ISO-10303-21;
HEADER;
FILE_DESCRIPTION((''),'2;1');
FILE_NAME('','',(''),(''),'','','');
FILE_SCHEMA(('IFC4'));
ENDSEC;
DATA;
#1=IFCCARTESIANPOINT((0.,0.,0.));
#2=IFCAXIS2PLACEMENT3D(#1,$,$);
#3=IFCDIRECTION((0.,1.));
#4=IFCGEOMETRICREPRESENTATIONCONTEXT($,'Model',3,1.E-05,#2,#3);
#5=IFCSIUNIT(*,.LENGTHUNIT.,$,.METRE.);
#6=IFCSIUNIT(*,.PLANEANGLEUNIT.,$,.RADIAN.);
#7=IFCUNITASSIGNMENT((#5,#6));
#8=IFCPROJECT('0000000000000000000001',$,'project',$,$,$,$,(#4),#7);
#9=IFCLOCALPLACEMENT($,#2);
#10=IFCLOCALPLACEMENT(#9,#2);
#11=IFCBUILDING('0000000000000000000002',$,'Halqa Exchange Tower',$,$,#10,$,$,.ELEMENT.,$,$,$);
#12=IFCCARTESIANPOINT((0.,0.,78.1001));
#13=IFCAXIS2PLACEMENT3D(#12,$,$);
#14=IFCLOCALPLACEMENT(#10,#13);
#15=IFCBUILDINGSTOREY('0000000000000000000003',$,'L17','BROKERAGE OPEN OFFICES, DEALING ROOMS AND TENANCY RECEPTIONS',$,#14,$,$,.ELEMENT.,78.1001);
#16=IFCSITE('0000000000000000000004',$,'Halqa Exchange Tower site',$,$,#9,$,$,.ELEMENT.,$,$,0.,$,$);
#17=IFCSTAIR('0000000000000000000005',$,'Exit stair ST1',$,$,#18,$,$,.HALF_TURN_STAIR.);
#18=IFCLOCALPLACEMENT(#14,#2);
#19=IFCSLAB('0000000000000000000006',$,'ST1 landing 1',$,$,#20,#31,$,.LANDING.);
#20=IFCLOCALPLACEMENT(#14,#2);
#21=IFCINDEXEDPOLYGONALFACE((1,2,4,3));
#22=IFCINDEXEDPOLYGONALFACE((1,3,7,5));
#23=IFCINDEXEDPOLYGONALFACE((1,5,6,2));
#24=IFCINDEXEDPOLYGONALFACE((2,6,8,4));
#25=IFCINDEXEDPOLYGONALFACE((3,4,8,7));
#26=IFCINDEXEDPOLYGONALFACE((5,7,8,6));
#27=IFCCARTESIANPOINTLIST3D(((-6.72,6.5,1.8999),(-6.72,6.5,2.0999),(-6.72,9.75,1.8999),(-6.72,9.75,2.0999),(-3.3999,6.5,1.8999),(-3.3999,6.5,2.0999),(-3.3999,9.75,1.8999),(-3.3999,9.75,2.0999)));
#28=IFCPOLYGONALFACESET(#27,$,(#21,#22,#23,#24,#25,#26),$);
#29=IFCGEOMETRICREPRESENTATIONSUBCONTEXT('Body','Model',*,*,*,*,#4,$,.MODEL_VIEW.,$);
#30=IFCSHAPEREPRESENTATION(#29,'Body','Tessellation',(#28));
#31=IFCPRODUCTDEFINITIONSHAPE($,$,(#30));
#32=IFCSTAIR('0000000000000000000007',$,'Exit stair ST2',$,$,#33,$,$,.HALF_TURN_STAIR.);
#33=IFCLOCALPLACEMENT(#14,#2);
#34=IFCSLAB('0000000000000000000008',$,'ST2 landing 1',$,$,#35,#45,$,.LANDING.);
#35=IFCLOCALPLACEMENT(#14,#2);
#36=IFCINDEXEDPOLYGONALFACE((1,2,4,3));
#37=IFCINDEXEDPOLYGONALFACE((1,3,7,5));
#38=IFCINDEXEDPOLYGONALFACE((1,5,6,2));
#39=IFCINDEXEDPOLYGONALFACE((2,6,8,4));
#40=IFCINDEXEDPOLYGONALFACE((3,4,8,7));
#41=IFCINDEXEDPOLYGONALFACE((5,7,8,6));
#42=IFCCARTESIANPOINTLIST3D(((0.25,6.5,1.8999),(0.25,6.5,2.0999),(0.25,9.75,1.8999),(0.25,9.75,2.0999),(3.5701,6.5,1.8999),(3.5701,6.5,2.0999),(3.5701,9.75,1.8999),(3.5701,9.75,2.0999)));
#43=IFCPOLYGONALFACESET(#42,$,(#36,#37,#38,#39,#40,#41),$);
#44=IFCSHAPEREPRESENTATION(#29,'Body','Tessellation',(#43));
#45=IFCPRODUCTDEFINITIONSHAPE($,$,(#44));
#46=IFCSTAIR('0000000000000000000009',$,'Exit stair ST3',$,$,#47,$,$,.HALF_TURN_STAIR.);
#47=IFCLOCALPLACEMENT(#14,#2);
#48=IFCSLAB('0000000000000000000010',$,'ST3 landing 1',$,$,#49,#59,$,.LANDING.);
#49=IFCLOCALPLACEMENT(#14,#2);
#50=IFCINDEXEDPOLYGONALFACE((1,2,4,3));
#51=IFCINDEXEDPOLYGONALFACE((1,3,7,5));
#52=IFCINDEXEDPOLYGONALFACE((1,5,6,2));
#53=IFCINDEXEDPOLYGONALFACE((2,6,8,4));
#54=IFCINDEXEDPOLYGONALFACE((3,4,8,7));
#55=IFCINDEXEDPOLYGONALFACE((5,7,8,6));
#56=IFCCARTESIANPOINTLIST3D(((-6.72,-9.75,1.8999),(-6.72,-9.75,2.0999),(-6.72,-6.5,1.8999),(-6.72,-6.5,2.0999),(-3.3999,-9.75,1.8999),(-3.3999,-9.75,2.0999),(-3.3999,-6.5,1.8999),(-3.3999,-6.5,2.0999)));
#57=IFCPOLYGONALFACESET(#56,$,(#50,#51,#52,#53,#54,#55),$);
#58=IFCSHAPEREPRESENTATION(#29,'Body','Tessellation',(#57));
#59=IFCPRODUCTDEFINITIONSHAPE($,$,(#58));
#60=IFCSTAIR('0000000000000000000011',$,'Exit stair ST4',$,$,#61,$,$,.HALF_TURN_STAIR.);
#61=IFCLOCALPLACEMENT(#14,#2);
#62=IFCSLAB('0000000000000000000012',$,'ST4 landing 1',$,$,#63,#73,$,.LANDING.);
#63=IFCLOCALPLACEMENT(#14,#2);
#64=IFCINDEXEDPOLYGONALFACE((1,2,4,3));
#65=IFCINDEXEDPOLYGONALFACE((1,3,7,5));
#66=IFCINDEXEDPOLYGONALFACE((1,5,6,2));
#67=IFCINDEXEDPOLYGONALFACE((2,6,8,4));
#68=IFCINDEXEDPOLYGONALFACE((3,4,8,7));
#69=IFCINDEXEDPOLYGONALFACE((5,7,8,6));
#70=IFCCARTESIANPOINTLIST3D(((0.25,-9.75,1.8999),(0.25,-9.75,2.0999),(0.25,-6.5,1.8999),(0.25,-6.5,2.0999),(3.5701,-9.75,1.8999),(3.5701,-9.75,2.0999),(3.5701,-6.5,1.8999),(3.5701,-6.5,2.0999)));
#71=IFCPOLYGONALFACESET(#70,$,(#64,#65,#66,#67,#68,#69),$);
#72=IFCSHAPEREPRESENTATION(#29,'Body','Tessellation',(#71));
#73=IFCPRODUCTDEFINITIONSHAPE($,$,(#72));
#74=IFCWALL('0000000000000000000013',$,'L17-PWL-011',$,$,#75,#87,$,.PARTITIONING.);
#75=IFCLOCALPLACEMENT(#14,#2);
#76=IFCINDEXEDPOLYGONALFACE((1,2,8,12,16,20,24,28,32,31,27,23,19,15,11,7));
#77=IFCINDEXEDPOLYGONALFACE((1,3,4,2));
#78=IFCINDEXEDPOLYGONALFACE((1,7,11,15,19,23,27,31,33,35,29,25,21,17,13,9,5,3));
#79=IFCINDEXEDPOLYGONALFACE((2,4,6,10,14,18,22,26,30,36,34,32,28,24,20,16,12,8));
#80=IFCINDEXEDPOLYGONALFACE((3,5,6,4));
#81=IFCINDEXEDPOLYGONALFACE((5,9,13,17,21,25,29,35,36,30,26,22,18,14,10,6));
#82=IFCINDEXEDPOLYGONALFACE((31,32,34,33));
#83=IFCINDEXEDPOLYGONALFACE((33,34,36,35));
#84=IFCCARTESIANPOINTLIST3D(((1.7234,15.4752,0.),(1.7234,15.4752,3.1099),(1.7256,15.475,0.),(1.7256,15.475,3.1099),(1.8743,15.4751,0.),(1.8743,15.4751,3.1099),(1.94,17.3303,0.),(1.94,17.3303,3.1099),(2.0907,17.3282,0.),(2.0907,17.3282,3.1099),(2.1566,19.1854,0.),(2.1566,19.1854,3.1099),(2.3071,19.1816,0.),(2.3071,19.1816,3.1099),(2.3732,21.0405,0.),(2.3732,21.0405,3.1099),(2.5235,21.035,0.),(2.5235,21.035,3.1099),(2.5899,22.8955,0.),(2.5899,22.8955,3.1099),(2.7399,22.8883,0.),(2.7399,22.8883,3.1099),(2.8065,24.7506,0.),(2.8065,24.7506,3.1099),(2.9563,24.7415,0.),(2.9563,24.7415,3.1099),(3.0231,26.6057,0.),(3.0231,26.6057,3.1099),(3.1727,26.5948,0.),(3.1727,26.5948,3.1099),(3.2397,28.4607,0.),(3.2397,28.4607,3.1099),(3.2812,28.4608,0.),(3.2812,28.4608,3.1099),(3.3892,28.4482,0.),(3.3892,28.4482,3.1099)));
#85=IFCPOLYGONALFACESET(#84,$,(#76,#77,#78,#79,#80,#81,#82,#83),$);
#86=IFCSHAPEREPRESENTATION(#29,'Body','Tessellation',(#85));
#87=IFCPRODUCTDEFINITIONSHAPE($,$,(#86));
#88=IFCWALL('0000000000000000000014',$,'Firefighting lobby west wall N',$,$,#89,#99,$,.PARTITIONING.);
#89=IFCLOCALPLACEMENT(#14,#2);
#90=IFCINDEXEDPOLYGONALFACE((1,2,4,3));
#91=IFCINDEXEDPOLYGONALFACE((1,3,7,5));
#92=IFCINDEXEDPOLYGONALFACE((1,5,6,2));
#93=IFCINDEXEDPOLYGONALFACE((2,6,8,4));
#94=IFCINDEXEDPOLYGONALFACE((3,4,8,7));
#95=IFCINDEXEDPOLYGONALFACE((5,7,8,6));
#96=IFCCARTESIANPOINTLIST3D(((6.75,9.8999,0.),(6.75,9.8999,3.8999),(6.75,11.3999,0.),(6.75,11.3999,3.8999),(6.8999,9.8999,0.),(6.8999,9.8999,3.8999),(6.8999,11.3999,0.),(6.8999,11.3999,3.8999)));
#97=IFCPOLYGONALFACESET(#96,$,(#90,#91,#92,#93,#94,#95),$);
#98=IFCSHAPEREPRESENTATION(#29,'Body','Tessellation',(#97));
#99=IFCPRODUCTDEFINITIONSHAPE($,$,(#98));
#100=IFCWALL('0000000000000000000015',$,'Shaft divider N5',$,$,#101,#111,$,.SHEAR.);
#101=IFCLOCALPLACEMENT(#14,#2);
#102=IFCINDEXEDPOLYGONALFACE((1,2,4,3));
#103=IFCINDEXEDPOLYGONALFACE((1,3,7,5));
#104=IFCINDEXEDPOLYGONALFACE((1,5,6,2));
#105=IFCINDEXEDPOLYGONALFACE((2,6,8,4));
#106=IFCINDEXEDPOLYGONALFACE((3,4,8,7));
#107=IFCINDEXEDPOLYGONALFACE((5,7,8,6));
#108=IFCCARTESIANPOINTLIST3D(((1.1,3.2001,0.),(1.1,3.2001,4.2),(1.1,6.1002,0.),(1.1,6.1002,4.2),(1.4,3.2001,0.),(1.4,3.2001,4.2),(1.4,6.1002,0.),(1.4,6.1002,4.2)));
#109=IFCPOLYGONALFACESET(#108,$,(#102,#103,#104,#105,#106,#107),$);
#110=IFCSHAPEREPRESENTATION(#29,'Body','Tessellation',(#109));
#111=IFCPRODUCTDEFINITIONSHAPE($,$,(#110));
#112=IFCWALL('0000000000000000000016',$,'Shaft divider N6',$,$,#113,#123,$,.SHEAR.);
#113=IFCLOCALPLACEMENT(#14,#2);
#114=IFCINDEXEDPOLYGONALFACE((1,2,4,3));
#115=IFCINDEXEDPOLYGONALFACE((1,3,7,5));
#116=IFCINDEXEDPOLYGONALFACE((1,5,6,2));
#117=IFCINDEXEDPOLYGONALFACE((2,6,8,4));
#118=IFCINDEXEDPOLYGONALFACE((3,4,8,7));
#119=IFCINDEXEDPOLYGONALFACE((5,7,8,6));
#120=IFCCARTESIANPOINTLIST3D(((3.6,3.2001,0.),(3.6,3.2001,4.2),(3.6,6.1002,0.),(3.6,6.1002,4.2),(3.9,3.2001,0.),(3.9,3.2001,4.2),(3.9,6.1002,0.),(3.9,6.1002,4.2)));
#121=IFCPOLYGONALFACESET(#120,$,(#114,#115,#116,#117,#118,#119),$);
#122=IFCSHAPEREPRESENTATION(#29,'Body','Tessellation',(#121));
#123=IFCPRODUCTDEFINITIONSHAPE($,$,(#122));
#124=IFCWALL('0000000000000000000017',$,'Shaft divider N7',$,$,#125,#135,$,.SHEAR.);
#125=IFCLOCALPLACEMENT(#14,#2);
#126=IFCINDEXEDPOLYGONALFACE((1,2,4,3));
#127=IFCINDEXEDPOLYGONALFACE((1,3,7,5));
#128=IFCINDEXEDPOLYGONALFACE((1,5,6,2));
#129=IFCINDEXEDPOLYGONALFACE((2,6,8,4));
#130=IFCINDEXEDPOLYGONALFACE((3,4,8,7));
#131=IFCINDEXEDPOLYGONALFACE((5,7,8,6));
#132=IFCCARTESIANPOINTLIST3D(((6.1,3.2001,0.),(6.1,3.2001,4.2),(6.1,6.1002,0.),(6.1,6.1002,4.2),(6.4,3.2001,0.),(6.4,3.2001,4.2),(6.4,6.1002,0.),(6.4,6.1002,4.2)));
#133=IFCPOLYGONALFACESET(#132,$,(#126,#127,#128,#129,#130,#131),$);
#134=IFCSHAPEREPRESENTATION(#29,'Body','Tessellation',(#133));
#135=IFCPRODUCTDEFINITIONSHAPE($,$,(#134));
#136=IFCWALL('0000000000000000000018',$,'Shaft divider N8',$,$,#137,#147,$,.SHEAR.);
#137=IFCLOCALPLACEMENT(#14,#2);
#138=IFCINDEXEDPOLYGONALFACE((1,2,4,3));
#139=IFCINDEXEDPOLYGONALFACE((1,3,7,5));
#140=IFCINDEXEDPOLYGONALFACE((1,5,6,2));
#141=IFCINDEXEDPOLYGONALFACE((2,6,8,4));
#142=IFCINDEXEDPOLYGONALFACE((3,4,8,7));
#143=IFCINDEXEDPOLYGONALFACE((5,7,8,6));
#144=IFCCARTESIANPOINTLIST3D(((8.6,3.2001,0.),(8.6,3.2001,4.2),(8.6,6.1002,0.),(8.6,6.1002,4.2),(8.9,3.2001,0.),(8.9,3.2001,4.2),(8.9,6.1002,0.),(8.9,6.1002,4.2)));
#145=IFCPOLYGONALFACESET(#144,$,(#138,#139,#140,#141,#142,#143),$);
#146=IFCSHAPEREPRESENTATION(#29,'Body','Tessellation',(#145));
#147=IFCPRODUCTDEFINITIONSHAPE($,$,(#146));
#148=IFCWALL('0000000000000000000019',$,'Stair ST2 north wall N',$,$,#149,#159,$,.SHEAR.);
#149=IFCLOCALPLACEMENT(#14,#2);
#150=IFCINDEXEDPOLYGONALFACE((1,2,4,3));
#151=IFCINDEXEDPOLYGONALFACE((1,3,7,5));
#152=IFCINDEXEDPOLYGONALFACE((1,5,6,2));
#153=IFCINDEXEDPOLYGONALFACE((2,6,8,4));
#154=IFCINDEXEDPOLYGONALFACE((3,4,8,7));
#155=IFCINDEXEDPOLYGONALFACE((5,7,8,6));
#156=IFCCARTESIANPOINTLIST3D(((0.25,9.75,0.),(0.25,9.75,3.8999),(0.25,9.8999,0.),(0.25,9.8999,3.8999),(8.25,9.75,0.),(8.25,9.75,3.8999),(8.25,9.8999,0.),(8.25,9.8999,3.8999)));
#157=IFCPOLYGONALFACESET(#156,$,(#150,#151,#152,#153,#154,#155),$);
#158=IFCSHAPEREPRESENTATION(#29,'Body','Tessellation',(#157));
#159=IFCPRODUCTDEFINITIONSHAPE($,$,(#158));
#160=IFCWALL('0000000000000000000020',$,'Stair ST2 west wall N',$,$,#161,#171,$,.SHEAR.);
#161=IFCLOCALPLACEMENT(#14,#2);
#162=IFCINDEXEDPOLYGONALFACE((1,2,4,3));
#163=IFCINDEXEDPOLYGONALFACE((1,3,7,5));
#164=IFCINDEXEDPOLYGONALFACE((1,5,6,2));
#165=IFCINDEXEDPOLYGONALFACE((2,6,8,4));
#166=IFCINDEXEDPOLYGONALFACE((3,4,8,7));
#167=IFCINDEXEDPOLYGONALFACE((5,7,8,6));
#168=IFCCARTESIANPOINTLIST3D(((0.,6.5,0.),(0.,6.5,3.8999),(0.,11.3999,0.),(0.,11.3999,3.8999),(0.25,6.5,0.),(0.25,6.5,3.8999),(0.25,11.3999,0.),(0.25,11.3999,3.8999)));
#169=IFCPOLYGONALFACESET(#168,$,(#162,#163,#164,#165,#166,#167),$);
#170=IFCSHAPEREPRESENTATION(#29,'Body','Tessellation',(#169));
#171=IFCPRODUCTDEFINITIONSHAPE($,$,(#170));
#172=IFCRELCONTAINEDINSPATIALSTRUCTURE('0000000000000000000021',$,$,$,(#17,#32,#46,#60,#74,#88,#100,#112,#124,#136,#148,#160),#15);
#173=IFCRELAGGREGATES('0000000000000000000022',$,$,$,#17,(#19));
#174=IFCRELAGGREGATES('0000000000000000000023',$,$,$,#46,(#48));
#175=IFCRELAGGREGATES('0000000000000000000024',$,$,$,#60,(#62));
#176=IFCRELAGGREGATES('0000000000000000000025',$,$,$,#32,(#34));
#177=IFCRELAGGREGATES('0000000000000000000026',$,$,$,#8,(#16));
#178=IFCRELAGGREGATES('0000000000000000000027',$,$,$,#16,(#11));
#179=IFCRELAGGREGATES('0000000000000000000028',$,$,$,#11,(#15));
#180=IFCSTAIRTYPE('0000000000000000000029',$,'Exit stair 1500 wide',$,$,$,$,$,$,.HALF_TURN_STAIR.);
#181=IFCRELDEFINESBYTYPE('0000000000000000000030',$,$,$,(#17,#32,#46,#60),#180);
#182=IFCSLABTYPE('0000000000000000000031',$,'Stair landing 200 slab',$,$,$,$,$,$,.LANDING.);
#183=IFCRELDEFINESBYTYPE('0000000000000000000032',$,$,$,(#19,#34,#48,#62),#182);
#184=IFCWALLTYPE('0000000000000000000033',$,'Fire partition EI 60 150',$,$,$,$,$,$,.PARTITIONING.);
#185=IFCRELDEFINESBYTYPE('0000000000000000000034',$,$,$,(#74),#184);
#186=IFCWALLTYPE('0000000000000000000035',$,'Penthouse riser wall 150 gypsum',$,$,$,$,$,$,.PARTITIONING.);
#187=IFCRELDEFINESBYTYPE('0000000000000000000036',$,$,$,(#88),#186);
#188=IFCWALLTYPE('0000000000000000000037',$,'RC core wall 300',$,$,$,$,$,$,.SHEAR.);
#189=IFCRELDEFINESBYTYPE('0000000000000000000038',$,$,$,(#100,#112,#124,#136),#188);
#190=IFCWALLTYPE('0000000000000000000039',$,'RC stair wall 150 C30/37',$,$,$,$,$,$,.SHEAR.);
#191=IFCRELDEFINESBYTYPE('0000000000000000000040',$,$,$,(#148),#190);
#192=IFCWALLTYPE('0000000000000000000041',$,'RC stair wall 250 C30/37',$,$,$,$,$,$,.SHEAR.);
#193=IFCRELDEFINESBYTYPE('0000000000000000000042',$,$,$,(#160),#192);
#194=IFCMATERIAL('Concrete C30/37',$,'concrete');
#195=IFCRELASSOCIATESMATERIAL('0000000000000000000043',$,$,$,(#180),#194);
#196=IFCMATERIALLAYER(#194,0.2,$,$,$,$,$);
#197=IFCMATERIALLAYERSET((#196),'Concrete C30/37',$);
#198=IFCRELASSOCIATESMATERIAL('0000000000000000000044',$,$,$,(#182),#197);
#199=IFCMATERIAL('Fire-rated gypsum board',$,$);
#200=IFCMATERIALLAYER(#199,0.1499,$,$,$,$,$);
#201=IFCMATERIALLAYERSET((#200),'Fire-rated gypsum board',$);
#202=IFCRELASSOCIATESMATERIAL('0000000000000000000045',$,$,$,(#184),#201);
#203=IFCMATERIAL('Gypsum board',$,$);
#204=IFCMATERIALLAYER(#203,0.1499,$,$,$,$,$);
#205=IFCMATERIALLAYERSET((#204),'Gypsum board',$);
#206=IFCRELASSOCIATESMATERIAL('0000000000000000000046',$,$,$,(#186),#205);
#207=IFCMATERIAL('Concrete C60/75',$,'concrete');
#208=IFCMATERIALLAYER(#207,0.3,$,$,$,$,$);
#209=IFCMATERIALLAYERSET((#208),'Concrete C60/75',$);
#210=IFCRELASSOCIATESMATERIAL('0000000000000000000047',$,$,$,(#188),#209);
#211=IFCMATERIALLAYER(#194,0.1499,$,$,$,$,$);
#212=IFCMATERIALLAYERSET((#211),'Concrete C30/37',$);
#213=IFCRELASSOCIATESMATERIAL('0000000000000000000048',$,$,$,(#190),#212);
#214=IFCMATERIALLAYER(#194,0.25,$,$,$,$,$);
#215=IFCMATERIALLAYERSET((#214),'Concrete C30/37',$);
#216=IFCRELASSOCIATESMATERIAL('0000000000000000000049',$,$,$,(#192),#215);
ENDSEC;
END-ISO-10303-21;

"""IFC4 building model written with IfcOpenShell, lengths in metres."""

from ifc_helpers import new_model, si_unit, direction, frame, frame_2d, origin, place, context, subcontext, project, spatial, polyline, rectangle, outline, extrude, material, layer, layer_set, type_object, element, aggregate, save


model = new_model("IFC4")

# Units and contexts
model_context = context("Model", 3, precision=1e-05, world=origin(), true_north=direction((0.0, 1.0)))
body_context = subcontext(model_context, "Body", "Model", "MODEL_VIEW")
ifc_project = project(units=[si_unit("LENGTHUNIT", "METRE"), si_unit("PLANEANGLEUNIT", "RADIAN")], contexts=[model_context])

# Site, building, storey
site_placement = place(None, origin())
site = spatial("IfcSite", under=ifc_project, at=site_placement, Name="Halqa Exchange Tower site", CompositionType="ELEMENT", RefElevation=0.0)
building_placement = place(site_placement, origin())
building = spatial("IfcBuilding", under=site, at=building_placement, Name="Halqa Exchange Tower", CompositionType="ELEMENT")
storey_placement = place(building_placement, frame((0.0, 0.0, 78.1001)))
storey = spatial("IfcBuildingStorey", under=building, at=storey_placement, Name="L17", Description="BROKERAGE OPEN OFFICES, DEALING ROOMS AND TENANCY RECEPTIONS", CompositionType="ELEMENT", Elevation=78.1001)

# Shared definitions
ifc_material_1 = material(Name="Concrete C60/75", Category="concrete")

# Stairs, slabs
ifc_material_2 = material(Name="Concrete C30/37", Category="concrete")
stair_type = type_object("IfcStairType", Name="Exit stair 1500 wide", PredefinedType="HALF_TURN_STAIR", material=ifc_material_2)
stair_1_placement = place(storey_placement, origin())
stair_1 = element("IfcStair", 1, at=stair_1_placement, inside=storey, type_object=stair_type, Name="Exit stair ST1", PredefinedType="HALF_TURN_STAIR")
ifc_layer_1 = layer(ifc_material_2, 0.2)
ifc_layer_set_1 = layer_set([ifc_layer_1], Name="Concrete C30/37")
slab_type_1 = type_object("IfcSlabType", Name="Stair landing 200 slab", PredefinedType="LANDING", material=ifc_layer_set_1)
slab_1_placement = place(storey_placement, frame((0.0, 0.0, 1.8999)))
slab_1 = element("IfcSlab", 2, at=slab_1_placement, type_object=slab_type_1, Name="ST1 landing 1", PredefinedType="LANDING", context=body_context, shape_type="SweptSolid", body=[
    extrude(outline(polyline([(-6.72, 6.5), (-3.3999, 6.5), (-3.3999, 9.75), (-6.72, 9.75), (-6.72, 6.5)])), origin(), (0.0, 0.0, 1.0), 0.2),
])
aggregate(stair_1, [slab_1])
stair_2_placement = place(storey_placement, origin())
stair_2 = element("IfcStair", 3, at=stair_2_placement, inside=storey, type_object=stair_type, Name="Exit stair ST2", PredefinedType="HALF_TURN_STAIR")
slab_2_placement = place(storey_placement, frame((0.0, 0.0, 1.8999)))
slab_2 = element("IfcSlab", 4, at=slab_2_placement, type_object=slab_type_1, Name="ST2 landing 1", PredefinedType="LANDING", context=body_context, shape_type="SweptSolid", body=[
    extrude(outline(polyline([(0.25, 6.5), (3.5701, 6.5), (3.5701, 9.75), (0.25, 9.75), (0.25, 6.5)])), origin(), (0.0, 0.0, 1.0), 0.2),
])
stair_3_placement = place(storey_placement, origin())
stair_3 = element("IfcStair", 5, at=stair_3_placement, inside=storey, type_object=stair_type, Name="Exit stair ST3", PredefinedType="HALF_TURN_STAIR")
slab_3_placement = place(storey_placement, frame((0.0, 0.0, 1.8999)))
slab_3 = element("IfcSlab", 6, at=slab_3_placement, type_object=slab_type_1, Name="ST3 landing 1", PredefinedType="LANDING", context=body_context, shape_type="SweptSolid", body=[
    extrude(outline(polyline([(-6.72, -9.75), (-3.3999, -9.75), (-3.3999, -6.5), (-6.72, -6.5), (-6.72, -9.75)])), origin(), (0.0, 0.0, 1.0), 0.2),
])
aggregate(stair_3, [slab_3])
stair_4_placement = place(storey_placement, origin())
stair_4 = element("IfcStair", 7, at=stair_4_placement, inside=storey, type_object=stair_type, Name="Exit stair ST4", PredefinedType="HALF_TURN_STAIR")
slab_4_placement = place(storey_placement, frame((0.0, 0.0, 1.8999)))
slab_4 = element("IfcSlab", 8, at=slab_4_placement, type_object=slab_type_1, Name="ST4 landing 1", PredefinedType="LANDING", context=body_context, shape_type="SweptSolid", body=[
    extrude(outline(polyline([(0.25, -9.75), (3.5701, -9.75), (3.5701, -6.5), (0.25, -6.5), (0.25, -9.75)])), origin(), (0.0, 0.0, 1.0), 0.2),
])
aggregate(stair_4, [slab_4])

# Walls
ifc_material_3 = material(Name="Fire-rated gypsum board")
ifc_layer_2 = layer(ifc_material_3, 0.1499)
ifc_layer_set_2 = layer_set([ifc_layer_2], Name="Fire-rated gypsum board")
wall_type_1 = type_object("IfcWallType", Name="Fire partition EI 60 150", PredefinedType="PARTITIONING", material=ifc_layer_set_2)
wall_1_placement = place(storey_placement, frame((1.7979, 15.4666, 0.0), z_axis=(0.0, 0.0, 1.0), x_axis=(0.11598, 0.993252, 0.0)))
element("IfcWall", 9, at=wall_1_placement, inside=storey, type_object=wall_type_1, Name="L17-PWL-011", PredefinedType="PARTITIONING", context=body_context, shape_type="SweptSolid", body=[
    extrude(outline(polyline([(13.0786, -0.075), (13.0786, 0.0337), (13.0737, 0.075), (11.2061, 0.075), (9.3384, 0.075), (7.4707, 0.075), (5.603, 0.075), (3.7354, 0.075), (1.8677, 0.075), (0.0, 0.075), (0.0, 0.0728), (0.0173, -0.075), (1.8831, -0.075), (3.749, -0.075), (5.615, -0.075), (7.481, -0.075), (9.3467, -0.075), (11.2126, -0.075), (13.0786, -0.075)])), origin(), (0.0, 0.0, 1.0), 3.1099),
])
ifc_material_4 = material(Name="Gypsum board")
ifc_layer_3 = layer(ifc_material_4, 0.1499)
ifc_layer_set_3 = layer_set([ifc_layer_3], Name="Gypsum board")
wall_type_2 = type_object("IfcWallType", Name="Penthouse riser wall 150 gypsum", PredefinedType="PARTITIONING", material=ifc_layer_set_3)
wall_2_placement = place(storey_placement, frame((6.825, 9.8999, 0.0), z_axis=(0.0, 0.0, 1.0), x_axis=(0.0, 1.0, 0.0)))
element("IfcWall", 10, at=wall_2_placement, inside=storey, type_object=wall_type_2, Name="Firefighting lobby west wall N", PredefinedType="PARTITIONING", context=body_context, shape_type="SweptSolid", body=[
    extrude(rectangle(XDim=1.5, YDim=0.1499, at=frame_2d((0.75, 0.0))), origin(), (0.0, 0.0, 1.0), 3.8999),
])
ifc_layer_4 = layer(ifc_material_1, 0.3)
ifc_layer_set_4 = layer_set([ifc_layer_4], Name="Concrete C60/75")
wall_type_3 = type_object("IfcWallType", Name="RC core wall 300", PredefinedType="SHEAR", material=ifc_layer_set_4)
for number, where, z_axis, x_axis, name in (
    (11, (1.25, 3.2, 0.0), (0.0, 0.0, 1.0), (0.0, 1.0, 0.0), "Shaft divider N5"),
    (12, (3.75, 3.2, 0.0), (0.0, 0.0, 1.0), (0.0, 1.0, 0.0), "Shaft divider N6"),
    (13, (6.25, 3.2, 0.0), (0.0, 0.0, 1.0), (0.0, 1.0, 0.0), "Shaft divider N7"),
    (14, (8.75, 3.2, 0.0), (0.0, 0.0, 1.0), (0.0, 1.0, 0.0), "Shaft divider N8"),
):
    element("IfcWall", number, at=place(storey_placement, frame(where, z_axis=z_axis, x_axis=x_axis)), inside=storey, type_object=wall_type_3, Name=name, PredefinedType="SHEAR", context=body_context, shape_type="SweptSolid", body=[
        extrude(rectangle(XDim=2.9001, YDim=0.3, at=frame_2d((1.4502, 0.0))), origin(), (0.0, 0.0, 1.0), 4.2),
    ])
ifc_layer_5 = layer(ifc_material_2, 0.1499)
ifc_layer_set_5 = layer_set([ifc_layer_5], Name="Concrete C30/37")
wall_type_4 = type_object("IfcWallType", Name="RC stair wall 150 C30/37", PredefinedType="SHEAR", material=ifc_layer_set_5)
wall_3_placement = place(storey_placement, frame((0.25, 9.825, 0.0), z_axis=(0.0, 0.0, 1.0), x_axis=(1.0, 0.0, 0.0)))
element("IfcWall", 15, at=wall_3_placement, inside=storey, type_object=wall_type_4, Name="Stair ST2 north wall N", PredefinedType="SHEAR", context=body_context, shape_type="SweptSolid", body=[
    extrude(rectangle(XDim=8.0, YDim=0.1499, at=frame_2d((4.0, 0.0))), origin(), (0.0, 0.0, 1.0), 3.8999),
])
ifc_layer_6 = layer(ifc_material_2, 0.25)
ifc_layer_set_6 = layer_set([ifc_layer_6], Name="Concrete C30/37")
wall_type_5 = type_object("IfcWallType", Name="RC stair wall 250 C30/37", PredefinedType="SHEAR", material=ifc_layer_set_6)
wall_4_placement = place(storey_placement, frame((0.125, 6.5, 0.0), z_axis=(0.0, 0.0, 1.0), x_axis=(0.0, 1.0, 0.0)))
element("IfcWall", 16, at=wall_4_placement, inside=storey, type_object=wall_type_5, Name="Stair ST2 west wall N", PredefinedType="SHEAR", context=body_context, shape_type="SweptSolid", body=[
    extrude(rectangle(XDim=4.8999, YDim=0.25, at=frame_2d((2.45, 0.0))), origin(), (0.0, 0.0, 1.0), 3.8999),
])

aggregate(stair_2, [slab_2])

save(model, "model.ifc")
